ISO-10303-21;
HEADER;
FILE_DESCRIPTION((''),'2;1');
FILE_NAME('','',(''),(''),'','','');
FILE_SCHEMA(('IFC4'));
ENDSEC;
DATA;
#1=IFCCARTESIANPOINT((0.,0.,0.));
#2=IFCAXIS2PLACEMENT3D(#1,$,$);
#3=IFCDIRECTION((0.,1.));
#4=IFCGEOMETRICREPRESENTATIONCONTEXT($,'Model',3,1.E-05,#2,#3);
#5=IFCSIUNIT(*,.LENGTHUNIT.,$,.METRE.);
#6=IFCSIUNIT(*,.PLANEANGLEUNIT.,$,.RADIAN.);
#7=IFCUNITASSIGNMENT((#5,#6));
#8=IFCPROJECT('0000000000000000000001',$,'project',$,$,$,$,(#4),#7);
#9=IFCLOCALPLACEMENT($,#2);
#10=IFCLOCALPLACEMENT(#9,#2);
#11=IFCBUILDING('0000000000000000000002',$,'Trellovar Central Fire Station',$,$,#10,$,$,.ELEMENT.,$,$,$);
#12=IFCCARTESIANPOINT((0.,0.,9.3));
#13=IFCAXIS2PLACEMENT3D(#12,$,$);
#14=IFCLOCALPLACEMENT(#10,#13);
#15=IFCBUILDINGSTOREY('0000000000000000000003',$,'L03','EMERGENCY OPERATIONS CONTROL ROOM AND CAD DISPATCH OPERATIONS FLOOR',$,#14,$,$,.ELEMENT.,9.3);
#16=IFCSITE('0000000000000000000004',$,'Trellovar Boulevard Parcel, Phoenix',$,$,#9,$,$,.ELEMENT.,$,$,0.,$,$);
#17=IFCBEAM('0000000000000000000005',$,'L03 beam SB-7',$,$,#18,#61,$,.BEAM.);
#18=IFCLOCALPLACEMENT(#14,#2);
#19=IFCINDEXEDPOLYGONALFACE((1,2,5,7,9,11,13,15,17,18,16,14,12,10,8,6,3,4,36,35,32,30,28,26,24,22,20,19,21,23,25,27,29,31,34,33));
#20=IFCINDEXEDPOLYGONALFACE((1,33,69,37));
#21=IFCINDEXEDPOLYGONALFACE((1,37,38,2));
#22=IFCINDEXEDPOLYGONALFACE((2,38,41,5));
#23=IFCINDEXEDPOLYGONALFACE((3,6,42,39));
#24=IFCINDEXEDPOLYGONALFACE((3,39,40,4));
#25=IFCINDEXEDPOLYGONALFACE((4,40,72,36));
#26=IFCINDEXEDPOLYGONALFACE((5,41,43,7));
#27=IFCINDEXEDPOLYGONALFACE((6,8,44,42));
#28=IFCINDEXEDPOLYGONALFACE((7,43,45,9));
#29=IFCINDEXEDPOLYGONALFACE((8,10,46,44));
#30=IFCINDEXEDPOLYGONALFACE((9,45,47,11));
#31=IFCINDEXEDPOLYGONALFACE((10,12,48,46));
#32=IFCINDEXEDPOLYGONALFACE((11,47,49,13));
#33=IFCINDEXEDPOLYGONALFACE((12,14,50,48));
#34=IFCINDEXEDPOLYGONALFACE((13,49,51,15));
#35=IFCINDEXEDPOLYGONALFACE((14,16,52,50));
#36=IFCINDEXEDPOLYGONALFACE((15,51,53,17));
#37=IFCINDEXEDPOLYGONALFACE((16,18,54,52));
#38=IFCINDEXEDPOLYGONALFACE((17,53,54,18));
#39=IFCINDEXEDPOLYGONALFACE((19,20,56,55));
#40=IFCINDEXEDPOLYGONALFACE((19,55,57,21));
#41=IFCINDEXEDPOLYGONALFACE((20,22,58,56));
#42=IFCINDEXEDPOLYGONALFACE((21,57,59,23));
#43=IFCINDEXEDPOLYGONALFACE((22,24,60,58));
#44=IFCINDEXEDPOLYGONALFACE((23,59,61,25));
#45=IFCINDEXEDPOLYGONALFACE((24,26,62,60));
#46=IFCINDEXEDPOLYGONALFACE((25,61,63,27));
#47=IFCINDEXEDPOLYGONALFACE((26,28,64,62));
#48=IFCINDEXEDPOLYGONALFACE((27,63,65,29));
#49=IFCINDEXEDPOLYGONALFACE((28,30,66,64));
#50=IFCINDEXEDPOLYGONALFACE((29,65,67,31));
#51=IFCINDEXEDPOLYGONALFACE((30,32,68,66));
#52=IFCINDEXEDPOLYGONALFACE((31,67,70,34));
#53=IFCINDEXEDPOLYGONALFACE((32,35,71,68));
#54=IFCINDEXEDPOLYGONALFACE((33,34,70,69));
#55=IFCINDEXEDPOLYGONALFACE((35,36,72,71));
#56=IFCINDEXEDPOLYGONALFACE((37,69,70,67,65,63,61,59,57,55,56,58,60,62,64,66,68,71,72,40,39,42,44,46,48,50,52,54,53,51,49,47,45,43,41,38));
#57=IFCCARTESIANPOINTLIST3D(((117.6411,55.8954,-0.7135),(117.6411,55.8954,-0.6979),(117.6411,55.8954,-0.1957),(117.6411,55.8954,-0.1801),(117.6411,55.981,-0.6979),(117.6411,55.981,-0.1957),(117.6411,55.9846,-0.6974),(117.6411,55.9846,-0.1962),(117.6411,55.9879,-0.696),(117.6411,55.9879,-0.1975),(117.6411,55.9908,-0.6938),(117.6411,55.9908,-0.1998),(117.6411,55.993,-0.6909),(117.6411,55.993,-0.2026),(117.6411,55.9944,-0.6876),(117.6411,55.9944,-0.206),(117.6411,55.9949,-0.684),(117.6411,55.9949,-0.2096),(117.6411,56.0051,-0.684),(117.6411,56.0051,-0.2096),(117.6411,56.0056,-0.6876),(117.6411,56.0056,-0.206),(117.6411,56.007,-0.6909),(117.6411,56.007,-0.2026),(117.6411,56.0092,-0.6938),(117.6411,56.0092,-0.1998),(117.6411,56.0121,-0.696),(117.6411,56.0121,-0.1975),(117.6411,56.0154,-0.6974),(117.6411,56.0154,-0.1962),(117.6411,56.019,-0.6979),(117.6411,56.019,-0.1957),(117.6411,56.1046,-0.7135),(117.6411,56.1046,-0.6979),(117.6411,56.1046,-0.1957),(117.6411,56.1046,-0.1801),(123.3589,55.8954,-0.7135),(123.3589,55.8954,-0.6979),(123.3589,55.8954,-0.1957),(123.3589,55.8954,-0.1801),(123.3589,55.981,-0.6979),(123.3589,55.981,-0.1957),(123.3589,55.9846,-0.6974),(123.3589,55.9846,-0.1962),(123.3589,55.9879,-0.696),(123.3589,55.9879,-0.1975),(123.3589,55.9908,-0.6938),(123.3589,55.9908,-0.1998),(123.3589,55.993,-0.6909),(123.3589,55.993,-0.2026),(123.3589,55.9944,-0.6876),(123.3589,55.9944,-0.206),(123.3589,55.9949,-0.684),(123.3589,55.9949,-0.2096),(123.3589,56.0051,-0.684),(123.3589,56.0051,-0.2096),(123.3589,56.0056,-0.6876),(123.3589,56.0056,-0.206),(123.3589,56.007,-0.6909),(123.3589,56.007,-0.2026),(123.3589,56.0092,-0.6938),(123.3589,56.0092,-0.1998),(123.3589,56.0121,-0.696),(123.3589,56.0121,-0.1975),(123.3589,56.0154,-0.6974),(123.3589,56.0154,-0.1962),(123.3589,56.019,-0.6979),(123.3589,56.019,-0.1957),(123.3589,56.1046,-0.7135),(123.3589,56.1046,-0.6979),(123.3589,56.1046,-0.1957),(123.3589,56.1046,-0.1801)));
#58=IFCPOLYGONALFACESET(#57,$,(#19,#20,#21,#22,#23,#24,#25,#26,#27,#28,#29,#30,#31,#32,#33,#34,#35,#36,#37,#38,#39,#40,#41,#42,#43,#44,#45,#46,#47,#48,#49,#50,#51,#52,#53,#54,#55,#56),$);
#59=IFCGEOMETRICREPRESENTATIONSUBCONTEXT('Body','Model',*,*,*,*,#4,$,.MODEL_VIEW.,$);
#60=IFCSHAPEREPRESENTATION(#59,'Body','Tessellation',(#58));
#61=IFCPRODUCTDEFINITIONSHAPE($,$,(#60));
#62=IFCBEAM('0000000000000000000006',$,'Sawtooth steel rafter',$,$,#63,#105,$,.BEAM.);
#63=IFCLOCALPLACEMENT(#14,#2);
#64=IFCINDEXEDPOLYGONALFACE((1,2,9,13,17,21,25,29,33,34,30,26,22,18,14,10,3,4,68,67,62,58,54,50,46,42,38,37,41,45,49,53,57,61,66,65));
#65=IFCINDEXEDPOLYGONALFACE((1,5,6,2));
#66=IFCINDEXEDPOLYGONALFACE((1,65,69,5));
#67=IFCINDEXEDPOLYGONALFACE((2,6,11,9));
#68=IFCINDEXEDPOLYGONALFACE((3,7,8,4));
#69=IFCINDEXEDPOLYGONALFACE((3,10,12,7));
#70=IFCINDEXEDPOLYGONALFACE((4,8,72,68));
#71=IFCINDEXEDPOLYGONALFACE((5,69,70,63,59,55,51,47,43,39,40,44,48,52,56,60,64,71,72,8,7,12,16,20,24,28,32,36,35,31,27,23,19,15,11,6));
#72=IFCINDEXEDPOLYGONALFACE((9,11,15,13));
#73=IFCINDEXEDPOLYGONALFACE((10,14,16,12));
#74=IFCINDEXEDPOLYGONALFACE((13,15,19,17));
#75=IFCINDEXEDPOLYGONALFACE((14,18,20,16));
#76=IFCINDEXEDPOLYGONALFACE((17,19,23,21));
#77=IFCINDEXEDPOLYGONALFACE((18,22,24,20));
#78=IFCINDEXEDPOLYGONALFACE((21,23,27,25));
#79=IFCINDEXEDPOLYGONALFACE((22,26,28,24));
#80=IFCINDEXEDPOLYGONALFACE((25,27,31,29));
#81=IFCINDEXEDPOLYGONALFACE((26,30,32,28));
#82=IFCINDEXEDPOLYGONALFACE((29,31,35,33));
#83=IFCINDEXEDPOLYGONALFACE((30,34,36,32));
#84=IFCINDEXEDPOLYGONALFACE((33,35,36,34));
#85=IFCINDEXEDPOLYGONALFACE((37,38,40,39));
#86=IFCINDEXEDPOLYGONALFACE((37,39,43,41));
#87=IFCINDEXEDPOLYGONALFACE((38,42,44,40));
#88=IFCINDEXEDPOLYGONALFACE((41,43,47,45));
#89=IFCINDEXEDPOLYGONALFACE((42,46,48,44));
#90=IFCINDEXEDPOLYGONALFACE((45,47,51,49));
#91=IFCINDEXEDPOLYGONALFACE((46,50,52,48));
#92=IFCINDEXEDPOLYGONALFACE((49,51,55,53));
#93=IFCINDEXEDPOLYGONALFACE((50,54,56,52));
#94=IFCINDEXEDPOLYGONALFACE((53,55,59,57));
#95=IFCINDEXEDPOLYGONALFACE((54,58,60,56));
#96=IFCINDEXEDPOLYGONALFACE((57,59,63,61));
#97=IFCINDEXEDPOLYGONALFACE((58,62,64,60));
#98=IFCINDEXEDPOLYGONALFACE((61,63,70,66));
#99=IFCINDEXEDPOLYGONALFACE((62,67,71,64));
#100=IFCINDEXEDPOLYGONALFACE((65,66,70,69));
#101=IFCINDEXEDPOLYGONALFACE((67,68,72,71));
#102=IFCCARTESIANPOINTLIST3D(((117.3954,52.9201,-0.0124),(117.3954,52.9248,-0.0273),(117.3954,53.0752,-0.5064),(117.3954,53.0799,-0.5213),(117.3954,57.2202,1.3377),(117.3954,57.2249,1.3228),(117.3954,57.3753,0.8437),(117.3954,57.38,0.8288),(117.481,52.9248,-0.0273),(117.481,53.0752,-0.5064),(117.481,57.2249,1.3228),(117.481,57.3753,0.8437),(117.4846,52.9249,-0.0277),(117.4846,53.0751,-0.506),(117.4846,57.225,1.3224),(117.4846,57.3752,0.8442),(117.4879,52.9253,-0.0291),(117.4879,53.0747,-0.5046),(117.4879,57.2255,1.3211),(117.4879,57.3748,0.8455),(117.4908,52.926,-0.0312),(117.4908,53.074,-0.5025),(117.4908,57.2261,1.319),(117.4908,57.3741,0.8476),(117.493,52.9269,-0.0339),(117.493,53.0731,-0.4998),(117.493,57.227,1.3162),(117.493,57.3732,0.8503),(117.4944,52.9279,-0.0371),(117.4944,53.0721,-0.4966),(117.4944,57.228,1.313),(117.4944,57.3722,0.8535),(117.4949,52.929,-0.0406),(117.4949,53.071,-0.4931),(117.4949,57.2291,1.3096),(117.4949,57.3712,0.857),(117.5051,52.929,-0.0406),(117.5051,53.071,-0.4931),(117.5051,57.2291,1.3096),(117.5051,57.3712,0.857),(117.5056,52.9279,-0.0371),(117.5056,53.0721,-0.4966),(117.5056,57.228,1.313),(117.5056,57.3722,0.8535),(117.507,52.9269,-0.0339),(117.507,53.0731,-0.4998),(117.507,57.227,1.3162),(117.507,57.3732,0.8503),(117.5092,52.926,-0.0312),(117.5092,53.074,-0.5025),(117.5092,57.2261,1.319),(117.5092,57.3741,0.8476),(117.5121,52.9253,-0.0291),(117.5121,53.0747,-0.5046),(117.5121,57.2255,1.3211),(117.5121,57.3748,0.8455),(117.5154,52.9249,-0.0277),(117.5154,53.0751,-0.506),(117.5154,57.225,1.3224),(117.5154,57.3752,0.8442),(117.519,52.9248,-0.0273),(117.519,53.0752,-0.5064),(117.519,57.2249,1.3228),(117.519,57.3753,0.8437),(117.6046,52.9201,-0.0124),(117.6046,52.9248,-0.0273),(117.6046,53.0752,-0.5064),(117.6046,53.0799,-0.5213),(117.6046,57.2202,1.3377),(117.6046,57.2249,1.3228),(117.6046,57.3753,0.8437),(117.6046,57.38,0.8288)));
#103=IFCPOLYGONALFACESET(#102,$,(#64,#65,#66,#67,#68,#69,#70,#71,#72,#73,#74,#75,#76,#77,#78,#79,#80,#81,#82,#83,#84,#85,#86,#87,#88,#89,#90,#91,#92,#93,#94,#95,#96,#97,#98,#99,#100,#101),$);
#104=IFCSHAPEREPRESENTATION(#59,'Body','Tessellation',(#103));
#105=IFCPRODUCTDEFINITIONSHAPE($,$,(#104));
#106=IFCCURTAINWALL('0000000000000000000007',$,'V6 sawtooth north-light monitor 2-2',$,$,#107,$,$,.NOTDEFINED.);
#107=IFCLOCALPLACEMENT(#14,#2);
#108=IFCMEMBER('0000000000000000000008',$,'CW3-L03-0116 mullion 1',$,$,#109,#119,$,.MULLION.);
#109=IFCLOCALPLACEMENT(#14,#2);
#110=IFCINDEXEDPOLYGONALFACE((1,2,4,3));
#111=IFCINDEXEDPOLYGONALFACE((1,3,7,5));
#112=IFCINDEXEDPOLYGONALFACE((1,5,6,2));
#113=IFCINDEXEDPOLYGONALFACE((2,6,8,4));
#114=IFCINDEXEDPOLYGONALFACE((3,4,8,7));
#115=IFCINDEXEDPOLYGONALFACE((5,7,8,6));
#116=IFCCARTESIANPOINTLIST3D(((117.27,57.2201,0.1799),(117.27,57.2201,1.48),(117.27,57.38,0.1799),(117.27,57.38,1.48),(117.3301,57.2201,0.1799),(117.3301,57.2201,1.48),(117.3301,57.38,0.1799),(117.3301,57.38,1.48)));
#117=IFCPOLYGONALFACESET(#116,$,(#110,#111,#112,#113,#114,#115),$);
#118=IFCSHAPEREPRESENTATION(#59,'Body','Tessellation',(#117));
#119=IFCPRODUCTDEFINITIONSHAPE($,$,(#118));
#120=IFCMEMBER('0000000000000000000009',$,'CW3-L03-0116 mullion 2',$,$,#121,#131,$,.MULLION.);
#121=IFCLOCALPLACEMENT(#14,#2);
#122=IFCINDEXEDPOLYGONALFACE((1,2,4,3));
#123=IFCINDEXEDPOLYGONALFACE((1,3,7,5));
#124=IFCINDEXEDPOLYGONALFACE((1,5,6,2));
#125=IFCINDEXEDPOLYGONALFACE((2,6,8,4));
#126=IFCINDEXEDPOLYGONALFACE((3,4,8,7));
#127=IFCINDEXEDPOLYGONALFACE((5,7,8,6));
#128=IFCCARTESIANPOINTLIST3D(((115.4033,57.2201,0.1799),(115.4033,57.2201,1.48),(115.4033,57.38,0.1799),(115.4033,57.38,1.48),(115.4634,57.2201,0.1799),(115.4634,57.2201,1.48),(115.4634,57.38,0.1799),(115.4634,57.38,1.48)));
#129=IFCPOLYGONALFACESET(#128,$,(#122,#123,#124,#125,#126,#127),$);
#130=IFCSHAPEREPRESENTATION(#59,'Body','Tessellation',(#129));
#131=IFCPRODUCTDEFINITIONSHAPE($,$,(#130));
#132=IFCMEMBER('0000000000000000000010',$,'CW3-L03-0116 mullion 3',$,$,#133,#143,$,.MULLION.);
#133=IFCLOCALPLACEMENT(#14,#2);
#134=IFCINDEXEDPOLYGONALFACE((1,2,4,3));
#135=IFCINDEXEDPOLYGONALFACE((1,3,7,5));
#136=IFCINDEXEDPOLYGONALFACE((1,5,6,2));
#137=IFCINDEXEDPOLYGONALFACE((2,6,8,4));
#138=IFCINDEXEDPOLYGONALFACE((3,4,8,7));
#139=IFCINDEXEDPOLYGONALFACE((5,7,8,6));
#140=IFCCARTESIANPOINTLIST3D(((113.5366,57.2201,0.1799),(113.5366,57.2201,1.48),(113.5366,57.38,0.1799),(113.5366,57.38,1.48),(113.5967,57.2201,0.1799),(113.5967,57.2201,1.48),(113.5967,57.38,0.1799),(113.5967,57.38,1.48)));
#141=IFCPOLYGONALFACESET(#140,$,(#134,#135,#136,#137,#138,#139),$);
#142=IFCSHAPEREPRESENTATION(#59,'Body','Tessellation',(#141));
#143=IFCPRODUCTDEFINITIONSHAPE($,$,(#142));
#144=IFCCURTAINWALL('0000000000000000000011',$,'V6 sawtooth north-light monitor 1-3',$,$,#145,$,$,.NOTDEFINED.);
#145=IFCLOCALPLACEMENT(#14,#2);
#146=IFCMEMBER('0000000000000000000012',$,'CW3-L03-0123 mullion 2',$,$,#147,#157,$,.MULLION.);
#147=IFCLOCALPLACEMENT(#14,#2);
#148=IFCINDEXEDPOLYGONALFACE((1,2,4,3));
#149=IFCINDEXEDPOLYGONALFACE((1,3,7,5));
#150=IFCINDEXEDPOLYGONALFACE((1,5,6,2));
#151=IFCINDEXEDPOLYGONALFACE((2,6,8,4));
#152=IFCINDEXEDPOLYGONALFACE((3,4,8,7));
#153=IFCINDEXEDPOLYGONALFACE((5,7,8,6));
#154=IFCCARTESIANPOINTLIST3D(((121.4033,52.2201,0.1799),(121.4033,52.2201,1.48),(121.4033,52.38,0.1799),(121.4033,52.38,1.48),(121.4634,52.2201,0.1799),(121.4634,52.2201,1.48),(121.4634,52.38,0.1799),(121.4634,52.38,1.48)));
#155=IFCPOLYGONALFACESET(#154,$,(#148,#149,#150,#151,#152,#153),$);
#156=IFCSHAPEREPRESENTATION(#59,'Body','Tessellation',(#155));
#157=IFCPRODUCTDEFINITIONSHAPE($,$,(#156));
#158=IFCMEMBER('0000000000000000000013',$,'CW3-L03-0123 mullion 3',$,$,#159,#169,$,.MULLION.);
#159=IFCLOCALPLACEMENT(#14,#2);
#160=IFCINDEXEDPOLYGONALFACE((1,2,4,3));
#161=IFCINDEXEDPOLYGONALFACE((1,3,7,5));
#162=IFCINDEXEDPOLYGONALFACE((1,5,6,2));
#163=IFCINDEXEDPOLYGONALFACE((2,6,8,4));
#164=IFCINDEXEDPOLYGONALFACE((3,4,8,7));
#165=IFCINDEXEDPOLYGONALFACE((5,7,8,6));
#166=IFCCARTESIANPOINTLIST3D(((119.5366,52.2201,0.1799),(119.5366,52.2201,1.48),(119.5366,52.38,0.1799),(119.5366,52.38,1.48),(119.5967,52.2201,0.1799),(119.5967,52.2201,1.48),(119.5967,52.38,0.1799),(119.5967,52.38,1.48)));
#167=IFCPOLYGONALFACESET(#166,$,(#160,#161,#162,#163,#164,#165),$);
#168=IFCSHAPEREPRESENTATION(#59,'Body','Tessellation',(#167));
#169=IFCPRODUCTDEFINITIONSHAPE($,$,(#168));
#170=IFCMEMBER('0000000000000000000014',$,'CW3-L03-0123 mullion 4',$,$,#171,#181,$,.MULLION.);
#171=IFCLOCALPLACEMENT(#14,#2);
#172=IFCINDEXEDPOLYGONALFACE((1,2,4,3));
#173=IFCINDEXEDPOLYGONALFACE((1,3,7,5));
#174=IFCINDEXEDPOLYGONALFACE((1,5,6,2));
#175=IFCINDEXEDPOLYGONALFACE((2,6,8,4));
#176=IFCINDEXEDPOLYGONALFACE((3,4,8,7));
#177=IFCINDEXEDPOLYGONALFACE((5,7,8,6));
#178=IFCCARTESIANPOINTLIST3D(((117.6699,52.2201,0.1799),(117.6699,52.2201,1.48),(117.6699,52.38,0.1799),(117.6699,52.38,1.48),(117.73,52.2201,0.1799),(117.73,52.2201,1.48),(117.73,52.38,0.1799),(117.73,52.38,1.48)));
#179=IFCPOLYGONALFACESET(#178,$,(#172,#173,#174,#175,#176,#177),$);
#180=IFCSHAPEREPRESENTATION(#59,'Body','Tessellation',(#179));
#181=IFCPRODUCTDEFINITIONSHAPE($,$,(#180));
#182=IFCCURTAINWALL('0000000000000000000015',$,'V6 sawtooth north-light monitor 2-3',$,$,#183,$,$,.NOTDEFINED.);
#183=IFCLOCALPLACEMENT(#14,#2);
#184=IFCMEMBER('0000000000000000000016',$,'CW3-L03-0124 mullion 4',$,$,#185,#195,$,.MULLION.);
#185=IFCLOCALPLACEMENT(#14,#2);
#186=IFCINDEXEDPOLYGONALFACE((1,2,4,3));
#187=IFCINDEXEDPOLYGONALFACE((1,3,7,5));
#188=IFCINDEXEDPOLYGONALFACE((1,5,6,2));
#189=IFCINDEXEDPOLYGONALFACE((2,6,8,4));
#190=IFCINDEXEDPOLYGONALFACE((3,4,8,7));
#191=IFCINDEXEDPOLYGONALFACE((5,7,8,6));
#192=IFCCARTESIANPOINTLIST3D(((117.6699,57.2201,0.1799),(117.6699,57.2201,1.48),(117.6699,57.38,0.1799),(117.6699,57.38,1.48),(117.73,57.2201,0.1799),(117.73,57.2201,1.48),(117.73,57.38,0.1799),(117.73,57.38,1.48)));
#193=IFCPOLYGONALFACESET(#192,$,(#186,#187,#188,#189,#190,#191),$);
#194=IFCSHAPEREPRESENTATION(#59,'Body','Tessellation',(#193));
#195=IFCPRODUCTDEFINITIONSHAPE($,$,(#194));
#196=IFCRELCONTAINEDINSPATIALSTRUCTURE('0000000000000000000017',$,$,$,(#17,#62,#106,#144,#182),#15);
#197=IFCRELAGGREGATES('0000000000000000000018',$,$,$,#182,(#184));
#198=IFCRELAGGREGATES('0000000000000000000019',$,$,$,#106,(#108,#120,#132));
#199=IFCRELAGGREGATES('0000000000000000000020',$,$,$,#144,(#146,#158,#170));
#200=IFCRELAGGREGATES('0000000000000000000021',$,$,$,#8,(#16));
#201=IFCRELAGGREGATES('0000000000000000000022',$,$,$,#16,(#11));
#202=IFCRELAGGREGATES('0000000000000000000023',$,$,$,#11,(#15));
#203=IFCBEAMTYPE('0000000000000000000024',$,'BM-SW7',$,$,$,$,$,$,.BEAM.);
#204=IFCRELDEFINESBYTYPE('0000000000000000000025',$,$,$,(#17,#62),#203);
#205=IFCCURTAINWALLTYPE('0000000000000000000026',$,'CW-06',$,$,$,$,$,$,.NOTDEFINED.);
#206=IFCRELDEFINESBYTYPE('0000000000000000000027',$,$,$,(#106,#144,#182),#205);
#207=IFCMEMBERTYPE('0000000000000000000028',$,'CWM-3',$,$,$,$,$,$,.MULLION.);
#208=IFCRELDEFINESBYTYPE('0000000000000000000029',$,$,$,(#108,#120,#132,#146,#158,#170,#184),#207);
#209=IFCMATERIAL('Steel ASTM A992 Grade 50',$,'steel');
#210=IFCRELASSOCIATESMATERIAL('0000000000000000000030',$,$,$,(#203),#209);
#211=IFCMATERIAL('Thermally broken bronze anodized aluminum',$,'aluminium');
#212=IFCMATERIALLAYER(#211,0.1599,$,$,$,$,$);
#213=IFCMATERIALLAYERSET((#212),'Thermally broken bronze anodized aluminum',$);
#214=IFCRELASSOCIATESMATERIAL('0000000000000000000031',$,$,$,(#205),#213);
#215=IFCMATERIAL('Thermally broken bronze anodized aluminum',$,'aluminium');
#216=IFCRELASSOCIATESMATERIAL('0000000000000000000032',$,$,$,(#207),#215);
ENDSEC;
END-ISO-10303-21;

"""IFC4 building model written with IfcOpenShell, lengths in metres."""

from ifc_helpers import new_model, si_unit, direction, frame, origin, origin_2d, place, context, subcontext, project, spatial, rectangle, i_section, extrude, material, layer, layer_set, material_profile, profile_set, type_object, element, aggregate, save


model = new_model("IFC4")

# Units and contexts
model_context = context("Model", 3, precision=1e-05, world=origin(), true_north=direction((0.0, 1.0)))
body_context = subcontext(model_context, "Body", "Model", "MODEL_VIEW")
ifc_project = project(units=[si_unit("LENGTHUNIT", "METRE"), si_unit("PLANEANGLEUNIT", "RADIAN")], contexts=[model_context])

# Site, building, storey
site_placement = place(None, origin())
site = spatial("IfcSite", under=ifc_project, at=site_placement, Name="Trellovar Boulevard Parcel, Phoenix", CompositionType="ELEMENT", RefElevation=0.0)
building_placement = place(site_placement, origin())
building = spatial("IfcBuilding", under=site, at=building_placement, Name="Trellovar Central Fire Station", CompositionType="ELEMENT")
storey_placement = place(building_placement, frame((0.0, 0.0, 9.3)))
storey = spatial("IfcBuildingStorey", under=building, at=storey_placement, Name="L03", Description="EMERGENCY OPERATIONS CONTROL ROOM AND CAD DISPATCH OPERATIONS FLOOR", CompositionType="ELEMENT", Elevation=9.3)

# Beams
ifc_material_1 = material(Name="Steel ASTM A992 Grade 50", Category="steel")
ifc_material_profile_1 = material_profile(ifc_material_1, i_section(OverallWidth=0.2092, OverallDepth=0.5334, WebThickness=0.0103, FlangeThickness=0.0156, FilletRadius=0.0139, at=origin_2d()), Name="W21X62")
ifc_profile_set_1 = profile_set([ifc_material_profile_1], Name="Steel ASTM A992 Grade 50")
beam_type = type_object("IfcBeamType", Name="BM-SW7", PredefinedType="BEAM", material=ifc_profile_set_1)
beam_1_placement = place(storey_placement, frame((117.6411, 56.0, -0.4468), z_axis=(1.0, 0.0, 0.0), x_axis=(0.0, 1.0, 0.0)))
element("IfcBeam", 1, at=beam_1_placement, inside=storey, type_object=beam_type, Name="L03 beam SB-7", PredefinedType="BEAM", context=body_context, shape_type="SweptSolid", body=[
    extrude(i_section(OverallWidth=0.2092, OverallDepth=0.5334, WebThickness=0.0103, FlangeThickness=0.0156, FilletRadius=0.0139, at=origin_2d()), origin(), (0.0, 0.0, 1.0), 5.7178),
])
beam_2_placement = place(storey_placement, frame((117.5, 53.0, -0.2668), z_axis=(0.0, 0.954079, 0.299555), x_axis=(-1.0, 0.0, 0.0)))
element("IfcBeam", 2, at=beam_2_placement, inside=storey, type_object=beam_type, Name="Sawtooth steel rafter", PredefinedType="BEAM", context=body_context, shape_type="SweptSolid", body=[
    extrude(i_section(OverallWidth=0.2092, OverallDepth=0.5334, WebThickness=0.0103, FlangeThickness=0.0156, FilletRadius=0.0139, at=origin_2d()), origin(), (0.0, 0.0, 1.0), 4.5071),
])

# Curtain walls, members
ifc_material_2 = material(Name="Thermally broken bronze anodized aluminum", Category="aluminium")
ifc_layer_1 = layer(ifc_material_2, 0.1599)
ifc_layer_set_1 = layer_set([ifc_layer_1], Name="Thermally broken bronze anodized aluminum")
curtain_wall_type = type_object("IfcCurtainWallType", Name="CW-06", PredefinedType="NOTDEFINED", material=ifc_layer_set_1)
curtain_wall_1_placement = place(storey_placement, origin())
curtain_wall_1 = element("IfcCurtainWall", 3, at=curtain_wall_1_placement, inside=storey, type_object=curtain_wall_type, Name="V6 sawtooth north-light monitor 2-2", PredefinedType="NOTDEFINED")
ifc_material_3 = material(Name="Thermally broken bronze anodized aluminum", Category="aluminium")
ifc_material_profile_2 = material_profile(ifc_material_3, rectangle(XDim=0.0601, YDim=0.1599, at=origin_2d()), Name="ALU60X160")
ifc_profile_set_2 = profile_set([ifc_material_profile_2], Name="Thermally broken bronze anodized aluminum")
member_type_1 = type_object("IfcMemberType", Name="CWM-3", PredefinedType="MULLION", material=ifc_profile_set_2)
member_1_placement = place(storey_placement, frame((117.3, 57.3, 0.1799), z_axis=(0.0, 0.0, 1.0), x_axis=(1.0, 0.0, 0.0)))
member_1 = element("IfcMember", 4, at=member_1_placement, type_object=member_type_1, Name="CW3-L03-0116 mullion 1", PredefinedType="MULLION", context=body_context, shape_type="SweptSolid", body=[
    extrude(rectangle(XDim=0.0601, YDim=0.1599, at=origin_2d()), origin(), (0.0, 0.0, 1.0), 1.3),
])
member_2_placement = place(storey_placement, frame((115.4333, 57.3, 0.1799), z_axis=(0.0, 0.0, 1.0), x_axis=(1.0, 0.0, 0.0)))
member_2 = element("IfcMember", 5, at=member_2_placement, type_object=member_type_1, Name="CW3-L03-0116 mullion 2", PredefinedType="MULLION", context=body_context, shape_type="SweptSolid", body=[
    extrude(rectangle(XDim=0.0601, YDim=0.1599, at=origin_2d()), origin(), (0.0, 0.0, 1.0), 1.3),
])
member_3_placement = place(storey_placement, frame((113.5667, 57.3, 0.1799), z_axis=(0.0, 0.0, 1.0), x_axis=(1.0, 0.0, 0.0)))
member_3 = element("IfcMember", 6, at=member_3_placement, type_object=member_type_1, Name="CW3-L03-0116 mullion 3", PredefinedType="MULLION", context=body_context, shape_type="SweptSolid", body=[
    extrude(rectangle(XDim=0.0601, YDim=0.1599, at=origin_2d()), origin(), (0.0, 0.0, 1.0), 1.3),
])
curtain_wall_2_placement = place(storey_placement, origin())
curtain_wall_2 = element("IfcCurtainWall", 7, at=curtain_wall_2_placement, inside=storey, type_object=curtain_wall_type, Name="V6 sawtooth north-light monitor 1-3", PredefinedType="NOTDEFINED")
member_4_placement = place(storey_placement, frame((121.4333, 52.3, 0.1799), z_axis=(0.0, 0.0, 1.0), x_axis=(1.0, 0.0, 0.0)))
member_4 = element("IfcMember", 8, at=member_4_placement, type_object=member_type_1, Name="CW3-L03-0123 mullion 2", PredefinedType="MULLION", context=body_context, shape_type="SweptSolid", body=[
    extrude(rectangle(XDim=0.0601, YDim=0.1599, at=origin_2d()), origin(), (0.0, 0.0, 1.0), 1.3),
])
member_5_placement = place(storey_placement, frame((119.5667, 52.3, 0.1799), z_axis=(0.0, 0.0, 1.0), x_axis=(1.0, 0.0, 0.0)))
member_5 = element("IfcMember", 9, at=member_5_placement, type_object=member_type_1, Name="CW3-L03-0123 mullion 3", PredefinedType="MULLION", context=body_context, shape_type="SweptSolid", body=[
    extrude(rectangle(XDim=0.0601, YDim=0.1599, at=origin_2d()), origin(), (0.0, 0.0, 1.0), 1.3),
])
member_6_placement = place(storey_placement, frame((117.7, 52.3, 0.1799), z_axis=(0.0, 0.0, 1.0), x_axis=(1.0, 0.0, 0.0)))
member_6 = element("IfcMember", 10, at=member_6_placement, type_object=member_type_1, Name="CW3-L03-0123 mullion 4", PredefinedType="MULLION", context=body_context, shape_type="SweptSolid", body=[
    extrude(rectangle(XDim=0.0601, YDim=0.1599, at=origin_2d()), origin(), (0.0, 0.0, 1.0), 1.3),
])

# Curtain wall, member
curtain_wall_3_placement = place(storey_placement, origin())
curtain_wall_3 = element("IfcCurtainWall", 11, at=curtain_wall_3_placement, inside=storey, type_object=curtain_wall_type, Name="V6 sawtooth north-light monitor 2-3", PredefinedType="NOTDEFINED")
member_7_placement = place(storey_placement, frame((117.7, 57.3, 0.1799), z_axis=(0.0, 0.0, 1.0), x_axis=(1.0, 0.0, 0.0)))
member_7 = element("IfcMember", 12, at=member_7_placement, type_object=member_type_1, Name="CW3-L03-0124 mullion 4", PredefinedType="MULLION", context=body_context, shape_type="SweptSolid", body=[
    extrude(rectangle(XDim=0.0601, YDim=0.1599, at=origin_2d()), origin(), (0.0, 0.0, 1.0), 1.3),
])
aggregate(curtain_wall_3, [member_7])

aggregate(curtain_wall_1, [member_1, member_2, member_3])
aggregate(curtain_wall_2, [member_4, member_5, member_6])

save(model, "model.ifc")
